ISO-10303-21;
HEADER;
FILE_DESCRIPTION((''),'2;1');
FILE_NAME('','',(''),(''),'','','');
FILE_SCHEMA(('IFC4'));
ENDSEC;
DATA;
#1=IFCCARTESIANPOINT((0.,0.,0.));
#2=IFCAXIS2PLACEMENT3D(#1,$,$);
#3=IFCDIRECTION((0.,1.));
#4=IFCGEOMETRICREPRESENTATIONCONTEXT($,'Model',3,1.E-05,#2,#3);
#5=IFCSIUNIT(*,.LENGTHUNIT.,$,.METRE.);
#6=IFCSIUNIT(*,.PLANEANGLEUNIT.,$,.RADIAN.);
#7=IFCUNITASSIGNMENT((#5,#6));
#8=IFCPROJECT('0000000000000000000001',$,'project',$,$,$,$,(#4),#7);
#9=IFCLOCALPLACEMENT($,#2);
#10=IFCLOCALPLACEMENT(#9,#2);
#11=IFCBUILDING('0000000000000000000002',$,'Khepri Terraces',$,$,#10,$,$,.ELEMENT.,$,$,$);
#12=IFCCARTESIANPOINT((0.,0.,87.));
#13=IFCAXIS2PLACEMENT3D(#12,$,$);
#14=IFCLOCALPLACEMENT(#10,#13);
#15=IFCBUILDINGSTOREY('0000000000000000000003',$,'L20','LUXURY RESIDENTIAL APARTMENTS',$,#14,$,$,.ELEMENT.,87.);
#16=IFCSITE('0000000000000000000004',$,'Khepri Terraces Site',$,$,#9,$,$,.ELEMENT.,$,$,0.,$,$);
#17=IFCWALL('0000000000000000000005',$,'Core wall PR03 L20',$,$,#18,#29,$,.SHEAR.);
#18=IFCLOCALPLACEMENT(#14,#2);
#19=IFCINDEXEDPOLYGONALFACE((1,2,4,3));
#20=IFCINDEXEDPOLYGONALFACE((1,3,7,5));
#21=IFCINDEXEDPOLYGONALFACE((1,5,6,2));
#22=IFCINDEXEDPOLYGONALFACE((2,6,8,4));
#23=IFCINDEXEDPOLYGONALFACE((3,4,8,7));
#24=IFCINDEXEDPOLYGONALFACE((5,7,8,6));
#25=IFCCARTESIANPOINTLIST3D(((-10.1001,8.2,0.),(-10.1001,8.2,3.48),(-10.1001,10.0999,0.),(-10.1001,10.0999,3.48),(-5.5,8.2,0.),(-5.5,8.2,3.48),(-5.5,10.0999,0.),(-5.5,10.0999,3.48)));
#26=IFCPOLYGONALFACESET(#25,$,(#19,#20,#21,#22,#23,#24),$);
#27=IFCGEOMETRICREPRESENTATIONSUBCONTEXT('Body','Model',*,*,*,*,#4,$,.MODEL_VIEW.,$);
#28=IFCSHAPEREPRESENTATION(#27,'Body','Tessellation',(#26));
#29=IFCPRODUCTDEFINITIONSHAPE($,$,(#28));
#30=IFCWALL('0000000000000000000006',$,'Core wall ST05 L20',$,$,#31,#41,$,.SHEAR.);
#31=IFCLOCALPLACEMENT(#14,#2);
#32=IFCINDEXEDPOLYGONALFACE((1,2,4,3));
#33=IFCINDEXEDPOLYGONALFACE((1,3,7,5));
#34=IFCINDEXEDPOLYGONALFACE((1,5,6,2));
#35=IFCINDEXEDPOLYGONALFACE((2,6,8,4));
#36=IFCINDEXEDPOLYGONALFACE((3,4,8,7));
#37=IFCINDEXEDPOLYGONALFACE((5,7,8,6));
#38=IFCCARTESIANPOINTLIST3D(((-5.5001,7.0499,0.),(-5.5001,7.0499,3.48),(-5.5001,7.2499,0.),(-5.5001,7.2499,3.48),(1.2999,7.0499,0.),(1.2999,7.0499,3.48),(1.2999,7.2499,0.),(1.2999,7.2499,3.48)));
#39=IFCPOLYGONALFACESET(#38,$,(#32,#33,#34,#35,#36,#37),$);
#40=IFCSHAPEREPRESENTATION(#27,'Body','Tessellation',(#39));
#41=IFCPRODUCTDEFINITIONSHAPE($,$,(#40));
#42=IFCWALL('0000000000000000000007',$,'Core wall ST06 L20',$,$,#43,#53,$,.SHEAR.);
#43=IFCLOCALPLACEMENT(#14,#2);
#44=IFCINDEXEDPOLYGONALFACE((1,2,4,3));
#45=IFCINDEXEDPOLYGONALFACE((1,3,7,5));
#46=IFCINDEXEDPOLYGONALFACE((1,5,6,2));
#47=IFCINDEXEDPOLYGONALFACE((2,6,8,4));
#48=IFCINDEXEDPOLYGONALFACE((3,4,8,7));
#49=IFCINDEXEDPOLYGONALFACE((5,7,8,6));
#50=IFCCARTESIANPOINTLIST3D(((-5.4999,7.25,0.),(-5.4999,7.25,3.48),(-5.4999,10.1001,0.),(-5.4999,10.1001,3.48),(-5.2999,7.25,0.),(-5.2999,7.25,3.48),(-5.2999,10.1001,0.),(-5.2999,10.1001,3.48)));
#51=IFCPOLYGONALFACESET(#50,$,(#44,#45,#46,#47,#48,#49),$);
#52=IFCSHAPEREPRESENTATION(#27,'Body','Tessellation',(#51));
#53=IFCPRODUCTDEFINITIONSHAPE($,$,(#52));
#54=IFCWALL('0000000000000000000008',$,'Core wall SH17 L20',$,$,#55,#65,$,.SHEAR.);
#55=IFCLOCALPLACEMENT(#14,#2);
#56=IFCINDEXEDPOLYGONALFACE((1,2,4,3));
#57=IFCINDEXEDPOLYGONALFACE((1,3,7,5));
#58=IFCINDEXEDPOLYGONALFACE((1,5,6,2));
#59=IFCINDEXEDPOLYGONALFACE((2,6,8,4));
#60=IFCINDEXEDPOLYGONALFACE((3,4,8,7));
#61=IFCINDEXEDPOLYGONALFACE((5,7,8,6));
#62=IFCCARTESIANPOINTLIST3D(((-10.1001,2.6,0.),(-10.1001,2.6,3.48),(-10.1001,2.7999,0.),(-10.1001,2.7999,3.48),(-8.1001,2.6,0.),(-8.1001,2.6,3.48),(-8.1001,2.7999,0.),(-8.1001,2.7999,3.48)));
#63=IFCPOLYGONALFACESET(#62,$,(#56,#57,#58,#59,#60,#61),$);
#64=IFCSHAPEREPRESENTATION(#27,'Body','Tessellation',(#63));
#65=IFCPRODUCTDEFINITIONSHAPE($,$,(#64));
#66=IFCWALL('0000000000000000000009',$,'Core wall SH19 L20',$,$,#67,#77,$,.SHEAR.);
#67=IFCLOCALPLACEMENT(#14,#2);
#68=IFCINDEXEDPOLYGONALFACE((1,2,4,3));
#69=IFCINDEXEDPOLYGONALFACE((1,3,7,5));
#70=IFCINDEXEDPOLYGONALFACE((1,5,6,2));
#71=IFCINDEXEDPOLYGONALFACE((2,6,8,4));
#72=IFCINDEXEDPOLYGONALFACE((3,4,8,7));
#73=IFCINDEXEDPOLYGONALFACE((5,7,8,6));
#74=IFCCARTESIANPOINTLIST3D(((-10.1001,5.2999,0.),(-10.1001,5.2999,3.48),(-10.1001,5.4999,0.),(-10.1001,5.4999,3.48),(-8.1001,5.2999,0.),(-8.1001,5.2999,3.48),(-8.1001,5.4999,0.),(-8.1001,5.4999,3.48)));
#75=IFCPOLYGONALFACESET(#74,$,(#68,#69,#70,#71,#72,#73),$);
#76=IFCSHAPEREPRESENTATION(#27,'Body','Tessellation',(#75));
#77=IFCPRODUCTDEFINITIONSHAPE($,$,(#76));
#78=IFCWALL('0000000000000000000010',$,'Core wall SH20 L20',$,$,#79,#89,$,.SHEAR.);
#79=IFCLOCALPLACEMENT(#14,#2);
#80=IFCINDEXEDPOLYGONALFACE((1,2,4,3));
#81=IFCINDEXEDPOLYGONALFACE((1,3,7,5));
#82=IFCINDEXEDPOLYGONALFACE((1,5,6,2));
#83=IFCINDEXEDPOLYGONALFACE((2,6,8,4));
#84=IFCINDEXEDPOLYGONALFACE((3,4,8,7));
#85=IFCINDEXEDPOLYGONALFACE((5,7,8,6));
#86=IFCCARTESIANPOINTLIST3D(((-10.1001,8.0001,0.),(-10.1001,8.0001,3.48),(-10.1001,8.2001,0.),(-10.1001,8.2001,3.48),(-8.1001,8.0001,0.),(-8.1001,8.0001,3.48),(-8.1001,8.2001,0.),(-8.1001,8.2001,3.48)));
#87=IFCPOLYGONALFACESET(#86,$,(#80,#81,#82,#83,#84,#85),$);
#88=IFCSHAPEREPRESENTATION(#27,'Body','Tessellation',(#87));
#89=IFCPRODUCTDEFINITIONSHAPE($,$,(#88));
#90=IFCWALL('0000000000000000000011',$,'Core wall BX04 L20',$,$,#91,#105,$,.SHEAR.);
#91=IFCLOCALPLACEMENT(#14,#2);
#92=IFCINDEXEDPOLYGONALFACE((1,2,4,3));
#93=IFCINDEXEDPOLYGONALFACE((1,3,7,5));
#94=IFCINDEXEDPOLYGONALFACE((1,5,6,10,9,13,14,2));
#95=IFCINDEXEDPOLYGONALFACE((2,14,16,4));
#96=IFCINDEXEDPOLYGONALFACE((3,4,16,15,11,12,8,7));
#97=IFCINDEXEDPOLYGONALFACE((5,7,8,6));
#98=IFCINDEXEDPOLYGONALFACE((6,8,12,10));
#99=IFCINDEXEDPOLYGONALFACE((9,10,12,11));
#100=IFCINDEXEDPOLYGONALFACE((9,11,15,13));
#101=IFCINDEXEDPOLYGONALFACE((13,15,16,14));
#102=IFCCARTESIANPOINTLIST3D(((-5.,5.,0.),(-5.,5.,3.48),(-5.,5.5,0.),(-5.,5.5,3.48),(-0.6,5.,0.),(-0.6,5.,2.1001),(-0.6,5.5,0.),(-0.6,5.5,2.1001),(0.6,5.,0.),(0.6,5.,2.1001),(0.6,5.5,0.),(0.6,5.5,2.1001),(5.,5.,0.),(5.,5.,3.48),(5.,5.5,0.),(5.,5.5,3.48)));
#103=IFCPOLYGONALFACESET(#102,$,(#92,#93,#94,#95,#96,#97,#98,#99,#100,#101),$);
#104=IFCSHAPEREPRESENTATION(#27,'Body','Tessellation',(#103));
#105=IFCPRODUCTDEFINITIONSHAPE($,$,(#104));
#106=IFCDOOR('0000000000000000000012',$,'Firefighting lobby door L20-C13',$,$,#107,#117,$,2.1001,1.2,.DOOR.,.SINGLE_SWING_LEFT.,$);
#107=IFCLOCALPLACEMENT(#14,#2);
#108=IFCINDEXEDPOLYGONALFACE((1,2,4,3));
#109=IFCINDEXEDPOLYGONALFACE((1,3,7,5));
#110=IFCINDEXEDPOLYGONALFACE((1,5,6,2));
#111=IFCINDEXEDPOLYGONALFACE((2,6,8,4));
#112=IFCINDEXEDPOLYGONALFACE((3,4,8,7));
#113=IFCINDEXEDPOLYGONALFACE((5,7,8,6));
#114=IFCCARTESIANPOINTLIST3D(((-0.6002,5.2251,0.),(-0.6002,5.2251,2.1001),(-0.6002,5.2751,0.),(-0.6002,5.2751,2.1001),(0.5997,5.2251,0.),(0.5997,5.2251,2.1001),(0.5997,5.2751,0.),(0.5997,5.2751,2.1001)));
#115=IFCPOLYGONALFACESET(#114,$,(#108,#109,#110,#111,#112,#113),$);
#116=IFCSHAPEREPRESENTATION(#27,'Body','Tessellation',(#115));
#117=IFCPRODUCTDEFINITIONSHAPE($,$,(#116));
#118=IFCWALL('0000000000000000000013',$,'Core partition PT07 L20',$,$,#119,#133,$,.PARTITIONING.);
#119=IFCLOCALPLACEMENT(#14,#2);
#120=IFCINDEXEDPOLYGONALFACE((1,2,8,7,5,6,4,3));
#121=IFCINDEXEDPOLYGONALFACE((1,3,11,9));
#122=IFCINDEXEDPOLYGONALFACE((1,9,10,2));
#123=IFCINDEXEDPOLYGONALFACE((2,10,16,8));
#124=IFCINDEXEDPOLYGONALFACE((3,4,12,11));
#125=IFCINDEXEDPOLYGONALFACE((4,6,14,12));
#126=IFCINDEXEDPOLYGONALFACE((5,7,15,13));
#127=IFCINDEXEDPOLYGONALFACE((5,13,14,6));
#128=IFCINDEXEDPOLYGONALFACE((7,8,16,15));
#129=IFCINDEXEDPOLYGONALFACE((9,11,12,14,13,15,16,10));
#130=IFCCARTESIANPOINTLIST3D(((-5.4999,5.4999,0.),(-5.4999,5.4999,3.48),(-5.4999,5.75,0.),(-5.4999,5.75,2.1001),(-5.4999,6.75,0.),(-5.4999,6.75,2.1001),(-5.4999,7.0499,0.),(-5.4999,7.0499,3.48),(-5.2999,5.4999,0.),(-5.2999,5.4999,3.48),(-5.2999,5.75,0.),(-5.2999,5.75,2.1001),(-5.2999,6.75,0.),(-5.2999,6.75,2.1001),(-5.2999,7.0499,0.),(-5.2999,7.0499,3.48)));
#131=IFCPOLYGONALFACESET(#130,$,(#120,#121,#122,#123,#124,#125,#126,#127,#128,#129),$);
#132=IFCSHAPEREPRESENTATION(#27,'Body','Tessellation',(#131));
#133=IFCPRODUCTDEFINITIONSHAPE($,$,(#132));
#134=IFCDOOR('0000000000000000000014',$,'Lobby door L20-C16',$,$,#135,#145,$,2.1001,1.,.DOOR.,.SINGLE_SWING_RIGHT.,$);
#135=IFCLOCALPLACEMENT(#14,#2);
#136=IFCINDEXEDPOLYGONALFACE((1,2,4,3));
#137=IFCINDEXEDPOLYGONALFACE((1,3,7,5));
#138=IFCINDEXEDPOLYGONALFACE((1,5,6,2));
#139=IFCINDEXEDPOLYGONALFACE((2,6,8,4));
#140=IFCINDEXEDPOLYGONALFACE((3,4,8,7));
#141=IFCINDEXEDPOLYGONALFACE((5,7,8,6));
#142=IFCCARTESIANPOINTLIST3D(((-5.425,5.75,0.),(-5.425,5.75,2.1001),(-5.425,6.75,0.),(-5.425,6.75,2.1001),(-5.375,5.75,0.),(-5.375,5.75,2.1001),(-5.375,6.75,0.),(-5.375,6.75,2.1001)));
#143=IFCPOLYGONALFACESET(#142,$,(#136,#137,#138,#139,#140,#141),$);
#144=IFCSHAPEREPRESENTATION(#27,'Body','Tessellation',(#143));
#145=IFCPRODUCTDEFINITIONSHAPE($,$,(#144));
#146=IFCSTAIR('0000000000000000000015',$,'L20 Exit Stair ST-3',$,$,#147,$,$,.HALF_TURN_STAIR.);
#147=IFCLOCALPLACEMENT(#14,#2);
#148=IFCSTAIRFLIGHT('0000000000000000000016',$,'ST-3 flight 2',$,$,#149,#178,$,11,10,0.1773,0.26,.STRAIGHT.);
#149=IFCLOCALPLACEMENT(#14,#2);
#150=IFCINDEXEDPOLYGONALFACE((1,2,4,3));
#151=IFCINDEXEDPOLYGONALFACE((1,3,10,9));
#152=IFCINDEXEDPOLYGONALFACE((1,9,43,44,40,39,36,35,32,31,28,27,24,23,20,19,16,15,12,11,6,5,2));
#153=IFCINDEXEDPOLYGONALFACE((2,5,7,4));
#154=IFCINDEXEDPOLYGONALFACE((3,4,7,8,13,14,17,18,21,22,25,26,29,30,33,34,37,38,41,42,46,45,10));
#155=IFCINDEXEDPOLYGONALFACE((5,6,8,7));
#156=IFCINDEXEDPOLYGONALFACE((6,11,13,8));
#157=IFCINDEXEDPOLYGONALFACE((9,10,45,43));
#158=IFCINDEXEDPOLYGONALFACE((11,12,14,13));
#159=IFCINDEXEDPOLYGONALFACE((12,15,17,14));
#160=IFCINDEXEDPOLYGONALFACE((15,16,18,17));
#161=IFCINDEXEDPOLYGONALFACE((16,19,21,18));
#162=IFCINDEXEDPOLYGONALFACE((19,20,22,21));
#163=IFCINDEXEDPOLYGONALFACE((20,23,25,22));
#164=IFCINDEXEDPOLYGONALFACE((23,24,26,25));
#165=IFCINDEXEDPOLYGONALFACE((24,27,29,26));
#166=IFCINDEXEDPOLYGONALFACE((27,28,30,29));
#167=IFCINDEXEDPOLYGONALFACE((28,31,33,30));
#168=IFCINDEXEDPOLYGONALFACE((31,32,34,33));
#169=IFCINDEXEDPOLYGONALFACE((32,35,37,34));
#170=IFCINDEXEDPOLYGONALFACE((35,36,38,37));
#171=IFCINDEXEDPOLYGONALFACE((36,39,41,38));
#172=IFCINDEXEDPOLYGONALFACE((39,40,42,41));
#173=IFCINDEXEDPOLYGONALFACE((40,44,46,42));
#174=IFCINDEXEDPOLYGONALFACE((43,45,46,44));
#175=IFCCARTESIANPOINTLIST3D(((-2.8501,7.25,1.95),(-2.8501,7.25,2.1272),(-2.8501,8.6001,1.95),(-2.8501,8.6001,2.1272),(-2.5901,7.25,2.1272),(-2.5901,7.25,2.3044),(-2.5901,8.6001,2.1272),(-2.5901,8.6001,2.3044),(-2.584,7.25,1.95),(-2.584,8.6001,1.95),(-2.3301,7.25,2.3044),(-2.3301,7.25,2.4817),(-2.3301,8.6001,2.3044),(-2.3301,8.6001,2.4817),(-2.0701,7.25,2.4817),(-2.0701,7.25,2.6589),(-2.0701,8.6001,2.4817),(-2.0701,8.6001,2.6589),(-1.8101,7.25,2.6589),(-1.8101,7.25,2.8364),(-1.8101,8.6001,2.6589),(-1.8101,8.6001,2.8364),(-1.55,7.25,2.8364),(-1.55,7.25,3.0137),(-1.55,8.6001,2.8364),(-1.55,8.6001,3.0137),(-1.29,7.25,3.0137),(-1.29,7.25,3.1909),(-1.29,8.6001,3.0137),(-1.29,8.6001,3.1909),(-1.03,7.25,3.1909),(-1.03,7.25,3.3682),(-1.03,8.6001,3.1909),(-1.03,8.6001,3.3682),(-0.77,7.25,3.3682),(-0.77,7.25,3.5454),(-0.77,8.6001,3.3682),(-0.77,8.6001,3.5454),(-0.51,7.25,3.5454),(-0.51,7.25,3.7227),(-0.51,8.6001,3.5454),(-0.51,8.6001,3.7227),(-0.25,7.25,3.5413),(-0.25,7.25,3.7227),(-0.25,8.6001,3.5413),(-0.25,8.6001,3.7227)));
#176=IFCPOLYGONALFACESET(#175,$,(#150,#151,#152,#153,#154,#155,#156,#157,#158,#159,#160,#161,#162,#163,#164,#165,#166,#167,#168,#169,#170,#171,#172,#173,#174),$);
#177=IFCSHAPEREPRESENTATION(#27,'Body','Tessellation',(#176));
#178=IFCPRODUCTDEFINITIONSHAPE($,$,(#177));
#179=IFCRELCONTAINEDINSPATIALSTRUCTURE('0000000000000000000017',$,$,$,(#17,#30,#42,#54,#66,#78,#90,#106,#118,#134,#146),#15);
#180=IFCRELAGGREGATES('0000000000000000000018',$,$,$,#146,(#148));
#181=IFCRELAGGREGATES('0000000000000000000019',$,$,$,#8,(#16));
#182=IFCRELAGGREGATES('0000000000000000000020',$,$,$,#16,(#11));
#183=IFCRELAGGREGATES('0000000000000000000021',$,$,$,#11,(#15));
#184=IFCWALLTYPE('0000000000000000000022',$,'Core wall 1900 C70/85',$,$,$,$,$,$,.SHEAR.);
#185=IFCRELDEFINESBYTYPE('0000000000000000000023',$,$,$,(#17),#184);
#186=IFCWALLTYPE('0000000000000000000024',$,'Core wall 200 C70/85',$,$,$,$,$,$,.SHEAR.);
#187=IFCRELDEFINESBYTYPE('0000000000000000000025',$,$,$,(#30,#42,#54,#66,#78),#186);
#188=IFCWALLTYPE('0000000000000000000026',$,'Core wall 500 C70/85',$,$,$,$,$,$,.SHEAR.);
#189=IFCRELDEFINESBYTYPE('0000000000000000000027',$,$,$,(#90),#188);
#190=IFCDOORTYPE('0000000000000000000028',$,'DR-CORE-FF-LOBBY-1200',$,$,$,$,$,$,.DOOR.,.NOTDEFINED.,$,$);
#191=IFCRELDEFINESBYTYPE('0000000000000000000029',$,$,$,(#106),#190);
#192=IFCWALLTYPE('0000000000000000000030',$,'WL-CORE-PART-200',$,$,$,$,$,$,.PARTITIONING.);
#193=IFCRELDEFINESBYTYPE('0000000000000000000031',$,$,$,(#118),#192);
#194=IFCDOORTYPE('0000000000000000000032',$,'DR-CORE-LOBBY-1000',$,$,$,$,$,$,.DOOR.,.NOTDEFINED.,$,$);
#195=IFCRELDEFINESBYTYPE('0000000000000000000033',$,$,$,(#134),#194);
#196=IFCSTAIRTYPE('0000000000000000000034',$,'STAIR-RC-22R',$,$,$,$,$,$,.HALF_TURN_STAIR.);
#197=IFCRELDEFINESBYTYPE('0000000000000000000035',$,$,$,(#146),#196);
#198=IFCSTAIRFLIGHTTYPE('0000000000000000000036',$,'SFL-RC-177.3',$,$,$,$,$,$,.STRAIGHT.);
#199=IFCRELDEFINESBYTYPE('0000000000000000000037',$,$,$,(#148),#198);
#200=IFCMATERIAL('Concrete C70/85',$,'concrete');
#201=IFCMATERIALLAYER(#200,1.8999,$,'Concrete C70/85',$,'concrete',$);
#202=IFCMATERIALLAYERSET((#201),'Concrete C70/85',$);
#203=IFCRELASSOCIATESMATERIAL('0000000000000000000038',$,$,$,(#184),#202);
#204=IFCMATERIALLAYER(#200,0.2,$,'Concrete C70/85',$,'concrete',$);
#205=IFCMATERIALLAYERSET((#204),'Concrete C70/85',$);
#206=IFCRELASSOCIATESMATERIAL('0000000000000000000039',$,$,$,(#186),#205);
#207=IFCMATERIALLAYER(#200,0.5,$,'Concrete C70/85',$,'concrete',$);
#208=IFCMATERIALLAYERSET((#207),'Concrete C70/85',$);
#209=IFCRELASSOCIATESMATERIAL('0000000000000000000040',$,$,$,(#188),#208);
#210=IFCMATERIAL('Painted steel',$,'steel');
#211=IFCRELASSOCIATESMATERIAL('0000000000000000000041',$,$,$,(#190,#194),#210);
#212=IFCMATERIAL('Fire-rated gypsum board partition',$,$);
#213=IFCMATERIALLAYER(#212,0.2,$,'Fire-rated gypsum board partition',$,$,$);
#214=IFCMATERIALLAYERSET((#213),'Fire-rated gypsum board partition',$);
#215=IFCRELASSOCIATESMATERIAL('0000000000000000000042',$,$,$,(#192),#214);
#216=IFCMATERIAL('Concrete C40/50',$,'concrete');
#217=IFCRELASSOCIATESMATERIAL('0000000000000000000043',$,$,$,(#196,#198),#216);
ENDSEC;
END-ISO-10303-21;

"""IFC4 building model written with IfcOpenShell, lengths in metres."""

from ifc_helpers import new_model, si_unit, direction, frame, frame_2d, origin, place, context, subcontext, project, spatial, polyline, rectangle, outline, extrude, material, layer, layer_set, type_object, element, fill, aggregate, save


model = new_model("IFC4")

# Units and contexts
model_context = context("Model", 3, precision=1e-05, world=origin(), true_north=direction((0.0, 1.0)))
body_context = subcontext(model_context, "Body", "Model", "MODEL_VIEW")
ifc_project = project(units=[si_unit("LENGTHUNIT", "METRE"), si_unit("PLANEANGLEUNIT", "RADIAN")], contexts=[model_context])

# Site, building, storey
site_placement = place(None, origin())
site = spatial("IfcSite", under=ifc_project, at=site_placement, Name="Khepri Terraces Site", CompositionType="ELEMENT", RefElevation=0.0)
building_placement = place(site_placement, origin())
building = spatial("IfcBuilding", under=site, at=building_placement, Name="Khepri Terraces", CompositionType="ELEMENT")
storey_placement = place(building_placement, frame((0.0, 0.0, 87.0)))
storey = spatial("IfcBuildingStorey", under=building, at=storey_placement, Name="L20", Description="LUXURY RESIDENTIAL APARTMENTS", CompositionType="ELEMENT", Elevation=87.0)

# Walls
ifc_material_1 = material(Name="Concrete C70/85", Category="concrete")
ifc_layer_1 = layer(ifc_material_1, 1.8999, Name="Concrete C70/85", Category="concrete")
ifc_layer_set_1 = layer_set([ifc_layer_1], Name="Concrete C70/85")
wall_type_1 = type_object("IfcWallType", Name="Core wall 1900 C70/85", PredefinedType="SHEAR", material=ifc_layer_set_1)
wall_1_placement = place(storey_placement, frame((-10.1001, 9.1499, 0.0), z_axis=(0.0, 0.0, 1.0), x_axis=(1.0, 0.0, 0.0)))
element("IfcWall", 1, at=wall_1_placement, inside=storey, type_object=wall_type_1, Name="Core wall PR03 L20", PredefinedType="SHEAR", context=body_context, shape_type="SweptSolid", body=[
    extrude(rectangle(XDim=4.6001, YDim=1.8999, at=frame_2d((2.3, 0.0))), origin(), (0.0, 0.0, 1.0), 3.48),
])
ifc_layer_2 = layer(ifc_material_1, 0.2, Name="Concrete C70/85", Category="concrete")
ifc_layer_set_2 = layer_set([ifc_layer_2], Name="Concrete C70/85")
wall_type_2 = type_object("IfcWallType", Name="Core wall 200 C70/85", PredefinedType="SHEAR", material=ifc_layer_set_2)
wall_2_placement = place(storey_placement, frame((-5.5, 7.1499, 0.0), z_axis=(0.0, 0.0, 1.0), x_axis=(1.0, 0.0, 0.0)))
element("IfcWall", 2, at=wall_2_placement, inside=storey, type_object=wall_type_2, Name="Core wall ST05 L20", PredefinedType="SHEAR", context=body_context, shape_type="SweptSolid", body=[
    extrude(rectangle(XDim=6.8, YDim=0.2, at=frame_2d((3.3999, 0.0))), origin(), (0.0, 0.0, 1.0), 3.48),
])
wall_3_placement = place(storey_placement, frame((-5.3999, 7.25, 0.0), z_axis=(0.0, 0.0, 1.0), x_axis=(0.0, 1.0, 0.0)))
element("IfcWall", 3, at=wall_3_placement, inside=storey, type_object=wall_type_2, Name="Core wall ST06 L20", PredefinedType="SHEAR", context=body_context, shape_type="SweptSolid", body=[
    extrude(rectangle(XDim=2.8501, YDim=0.2, at=frame_2d((1.425, 0.0))), origin(), (0.0, 0.0, 1.0), 3.48),
])
for number, where, z_axis, x_axis, name in (
    (4, (-10.1001, 2.7, 0.0), (0.0, 0.0, 1.0), (1.0, 0.0, 0.0), "Core wall SH17 L20"),
    (5, (-10.1001, 5.3999, 0.0), (0.0, 0.0, 1.0), (1.0, 0.0, 0.0), "Core wall SH19 L20"),
    (6, (-10.1001, 8.1001, 0.0), (0.0, 0.0, 1.0), (1.0, 0.0, 0.0), "Core wall SH20 L20"),
):
    element("IfcWall", number, at=place(storey_placement, frame(where, z_axis=z_axis, x_axis=x_axis)), inside=storey, type_object=wall_type_2, Name=name, PredefinedType="SHEAR", context=body_context, shape_type="SweptSolid", body=[
        extrude(rectangle(XDim=2.0, YDim=0.2, at=frame_2d((1.0, 0.0))), origin(), (0.0, 0.0, 1.0), 3.48),
    ])

# Walls, openings, doors
ifc_layer_3 = layer(ifc_material_1, 0.5, Name="Concrete C70/85", Category="concrete")
ifc_layer_set_3 = layer_set([ifc_layer_3], Name="Concrete C70/85")
wall_type_3 = type_object("IfcWallType", Name="Core wall 500 C70/85", PredefinedType="SHEAR", material=ifc_layer_set_3)
wall_4_placement = place(storey_placement, frame((-5.0, 5.25, 0.0), z_axis=(0.0, 0.0, 1.0), x_axis=(1.0, 0.0, 0.0)))
wall_4 = element("IfcWall", 7, at=wall_4_placement, inside=storey, type_object=wall_type_3, Name="Core wall BX04 L20", PredefinedType="SHEAR", context=body_context, shape_type="SweptSolid", body=[
    extrude(rectangle(XDim=10.0, YDim=0.5, at=frame_2d((5.0, 0.0))), origin(), (0.0, 0.0, 1.0), 3.48),
])
opening_1_placement = place(wall_4_placement, frame((4.3999, 0.0, 0.0)))
opening_1 = element("IfcOpeningElement", 8, at=opening_1_placement, cuts=wall_4, PredefinedType="OPENING", context=body_context, shape_type="SweptSolid", body=[
    extrude(rectangle(XDim=1.2, YDim=2.1001, at=frame_2d((0.6001, 1.05))), frame((0.0, 0.26, 0.0), z_axis=(0.0, -1.0, 0.0), x_axis=(1.0, 0.0, 0.0)), (0.0, 0.0, 1.0), 0.52),
])
ifc_material_2 = material(Name="Painted steel", Category="steel")
door_type_1 = type_object("IfcDoorType", Name="DR-CORE-FF-LOBBY-1200", OperationType="NOTDEFINED", PredefinedType="DOOR", material=ifc_material_2)
door_1_placement = place(opening_1_placement, frame((1.2, 0.0, 0.0), z_axis=(0.0, 0.0, 1.0), x_axis=(-1.0, 0.0, 0.0)))
door_1 = element("IfcDoor", 9, at=door_1_placement, inside=storey, type_object=door_type_1, Name="Firefighting lobby door L20-C13", OperationType="SINGLE_SWING_LEFT", OverallHeight=2.1001, OverallWidth=1.2, PredefinedType="DOOR", context=body_context, shape_type="SweptSolid", body=[
    extrude(rectangle(XDim=1.2, YDim=2.1001, at=frame_2d((0.6001, 1.05))), frame((0.0, 0.0249, 0.0), z_axis=(0.0, -1.0, 0.0), x_axis=(1.0, 0.0, 0.0)), (0.0, 0.0, 1.0), 0.05),
])
fill(opening_1, door_1)
ifc_material_3 = material(Name="Fire-rated gypsum board partition")
ifc_layer_4 = layer(ifc_material_3, 0.2, Name="Fire-rated gypsum board partition")
ifc_layer_set_4 = layer_set([ifc_layer_4], Name="Fire-rated gypsum board partition")
wall_type_4 = type_object("IfcWallType", Name="WL-CORE-PART-200", PredefinedType="PARTITIONING", material=ifc_layer_set_4)
wall_5_placement = place(storey_placement, frame((-5.3999, 5.5, 0.0), z_axis=(0.0, 0.0, 1.0), x_axis=(0.0, 1.0, 0.0)))
wall_5 = element("IfcWall", 10, at=wall_5_placement, inside=storey, type_object=wall_type_4, Name="Core partition PT07 L20", PredefinedType="PARTITIONING", context=body_context, shape_type="SweptSolid", body=[
    extrude(rectangle(XDim=1.55, YDim=0.2, at=frame_2d((0.7749, 0.0))), origin(), (0.0, 0.0, 1.0), 3.48),
])
opening_2_placement = place(wall_5_placement, frame((0.25, 0.0, 0.0)))
opening_2 = element("IfcOpeningElement", 11, at=opening_2_placement, cuts=wall_5, PredefinedType="OPENING", context=body_context, shape_type="SweptSolid", body=[
    extrude(rectangle(XDim=1.0, YDim=2.1001, at=frame_2d((0.5, 1.05))), frame((0.0, 0.1099, 0.0), z_axis=(0.0, -1.0, 0.0), x_axis=(1.0, 0.0, 0.0)), (0.0, 0.0, 1.0), 0.22),
])
door_type_2 = type_object("IfcDoorType", Name="DR-CORE-LOBBY-1000", OperationType="NOTDEFINED", PredefinedType="DOOR", material=ifc_material_2)
door_2_placement = place(opening_2_placement, frame((1.0, 0.0, 0.0), z_axis=(0.0, 0.0, 1.0), x_axis=(-1.0, 0.0, 0.0)))
door_2 = element("IfcDoor", 12, at=door_2_placement, inside=storey, type_object=door_type_2, Name="Lobby door L20-C16", OperationType="SINGLE_SWING_RIGHT", OverallHeight=2.1001, OverallWidth=1.0, PredefinedType="DOOR", context=body_context, shape_type="SweptSolid", body=[
    extrude(rectangle(XDim=1.0, YDim=2.1001, at=frame_2d((0.5, 1.05))), frame((0.0, 0.0249, 0.0), z_axis=(0.0, -1.0, 0.0), x_axis=(1.0, 0.0, 0.0)), (0.0, 0.0, 1.0), 0.05),
])
fill(opening_2, door_2)

# Stair, stair flight
ifc_material_4 = material(Name="Concrete C40/50", Category="concrete")
stair_type = type_object("IfcStairType", Name="STAIR-RC-22R", PredefinedType="HALF_TURN_STAIR", material=ifc_material_4)
stair_placement = place(storey_placement, origin())
stair = element("IfcStair", 13, at=stair_placement, inside=storey, type_object=stair_type, Name="L20 Exit Stair ST-3", PredefinedType="HALF_TURN_STAIR")
stair_flight_type = type_object("IfcStairFlightType", Name="SFL-RC-177.3", PredefinedType="STRAIGHT", material=ifc_material_4)
stair_flight_placement = place(storey_placement, frame((-2.8501, 7.925, 1.95), z_axis=(0.0, 0.0, 1.0), x_axis=(1.0, 0.0, 0.0)))
stair_flight = element("IfcStairFlight", 14, at=stair_flight_placement, type_object=stair_flight_type, Name="ST-3 flight 2", NumberOfRisers=11, NumberOfTreads=10, PredefinedType="STRAIGHT", RiserHeight=0.1773, TreadLength=0.26, context=body_context, shape_type="SweptSolid", body=[
    extrude(outline(polyline([(0.0, 0.0), (0.0, 0.1772), (0.26, 0.1772), (0.26, 0.3545), (0.52, 0.3545), (0.52, 0.5317), (0.78, 0.5317), (0.78, 0.709), (1.04, 0.709), (1.04, 0.8865), (1.3, 0.8865), (1.3, 1.0637), (1.5601, 1.0637), (1.5601, 1.241), (1.8201, 1.241), (1.8201, 1.4182), (2.0801, 1.4182), (2.0801, 1.5955), (2.3401, 1.5955), (2.3401, 1.7727), (2.6001, 1.7727), (2.6001, 1.95), (2.6001, 1.5913), (0.2661, 0.0), (0.0, 0.0)])), frame((0.0, 0.675, 0.0), z_axis=(0.0, -1.0, 0.0), x_axis=(1.0, 0.0, 0.0)), (0.0, 0.0, 1.0), 1.3501),
])
aggregate(stair, [stair_flight])

save(model, "model.ifc")
